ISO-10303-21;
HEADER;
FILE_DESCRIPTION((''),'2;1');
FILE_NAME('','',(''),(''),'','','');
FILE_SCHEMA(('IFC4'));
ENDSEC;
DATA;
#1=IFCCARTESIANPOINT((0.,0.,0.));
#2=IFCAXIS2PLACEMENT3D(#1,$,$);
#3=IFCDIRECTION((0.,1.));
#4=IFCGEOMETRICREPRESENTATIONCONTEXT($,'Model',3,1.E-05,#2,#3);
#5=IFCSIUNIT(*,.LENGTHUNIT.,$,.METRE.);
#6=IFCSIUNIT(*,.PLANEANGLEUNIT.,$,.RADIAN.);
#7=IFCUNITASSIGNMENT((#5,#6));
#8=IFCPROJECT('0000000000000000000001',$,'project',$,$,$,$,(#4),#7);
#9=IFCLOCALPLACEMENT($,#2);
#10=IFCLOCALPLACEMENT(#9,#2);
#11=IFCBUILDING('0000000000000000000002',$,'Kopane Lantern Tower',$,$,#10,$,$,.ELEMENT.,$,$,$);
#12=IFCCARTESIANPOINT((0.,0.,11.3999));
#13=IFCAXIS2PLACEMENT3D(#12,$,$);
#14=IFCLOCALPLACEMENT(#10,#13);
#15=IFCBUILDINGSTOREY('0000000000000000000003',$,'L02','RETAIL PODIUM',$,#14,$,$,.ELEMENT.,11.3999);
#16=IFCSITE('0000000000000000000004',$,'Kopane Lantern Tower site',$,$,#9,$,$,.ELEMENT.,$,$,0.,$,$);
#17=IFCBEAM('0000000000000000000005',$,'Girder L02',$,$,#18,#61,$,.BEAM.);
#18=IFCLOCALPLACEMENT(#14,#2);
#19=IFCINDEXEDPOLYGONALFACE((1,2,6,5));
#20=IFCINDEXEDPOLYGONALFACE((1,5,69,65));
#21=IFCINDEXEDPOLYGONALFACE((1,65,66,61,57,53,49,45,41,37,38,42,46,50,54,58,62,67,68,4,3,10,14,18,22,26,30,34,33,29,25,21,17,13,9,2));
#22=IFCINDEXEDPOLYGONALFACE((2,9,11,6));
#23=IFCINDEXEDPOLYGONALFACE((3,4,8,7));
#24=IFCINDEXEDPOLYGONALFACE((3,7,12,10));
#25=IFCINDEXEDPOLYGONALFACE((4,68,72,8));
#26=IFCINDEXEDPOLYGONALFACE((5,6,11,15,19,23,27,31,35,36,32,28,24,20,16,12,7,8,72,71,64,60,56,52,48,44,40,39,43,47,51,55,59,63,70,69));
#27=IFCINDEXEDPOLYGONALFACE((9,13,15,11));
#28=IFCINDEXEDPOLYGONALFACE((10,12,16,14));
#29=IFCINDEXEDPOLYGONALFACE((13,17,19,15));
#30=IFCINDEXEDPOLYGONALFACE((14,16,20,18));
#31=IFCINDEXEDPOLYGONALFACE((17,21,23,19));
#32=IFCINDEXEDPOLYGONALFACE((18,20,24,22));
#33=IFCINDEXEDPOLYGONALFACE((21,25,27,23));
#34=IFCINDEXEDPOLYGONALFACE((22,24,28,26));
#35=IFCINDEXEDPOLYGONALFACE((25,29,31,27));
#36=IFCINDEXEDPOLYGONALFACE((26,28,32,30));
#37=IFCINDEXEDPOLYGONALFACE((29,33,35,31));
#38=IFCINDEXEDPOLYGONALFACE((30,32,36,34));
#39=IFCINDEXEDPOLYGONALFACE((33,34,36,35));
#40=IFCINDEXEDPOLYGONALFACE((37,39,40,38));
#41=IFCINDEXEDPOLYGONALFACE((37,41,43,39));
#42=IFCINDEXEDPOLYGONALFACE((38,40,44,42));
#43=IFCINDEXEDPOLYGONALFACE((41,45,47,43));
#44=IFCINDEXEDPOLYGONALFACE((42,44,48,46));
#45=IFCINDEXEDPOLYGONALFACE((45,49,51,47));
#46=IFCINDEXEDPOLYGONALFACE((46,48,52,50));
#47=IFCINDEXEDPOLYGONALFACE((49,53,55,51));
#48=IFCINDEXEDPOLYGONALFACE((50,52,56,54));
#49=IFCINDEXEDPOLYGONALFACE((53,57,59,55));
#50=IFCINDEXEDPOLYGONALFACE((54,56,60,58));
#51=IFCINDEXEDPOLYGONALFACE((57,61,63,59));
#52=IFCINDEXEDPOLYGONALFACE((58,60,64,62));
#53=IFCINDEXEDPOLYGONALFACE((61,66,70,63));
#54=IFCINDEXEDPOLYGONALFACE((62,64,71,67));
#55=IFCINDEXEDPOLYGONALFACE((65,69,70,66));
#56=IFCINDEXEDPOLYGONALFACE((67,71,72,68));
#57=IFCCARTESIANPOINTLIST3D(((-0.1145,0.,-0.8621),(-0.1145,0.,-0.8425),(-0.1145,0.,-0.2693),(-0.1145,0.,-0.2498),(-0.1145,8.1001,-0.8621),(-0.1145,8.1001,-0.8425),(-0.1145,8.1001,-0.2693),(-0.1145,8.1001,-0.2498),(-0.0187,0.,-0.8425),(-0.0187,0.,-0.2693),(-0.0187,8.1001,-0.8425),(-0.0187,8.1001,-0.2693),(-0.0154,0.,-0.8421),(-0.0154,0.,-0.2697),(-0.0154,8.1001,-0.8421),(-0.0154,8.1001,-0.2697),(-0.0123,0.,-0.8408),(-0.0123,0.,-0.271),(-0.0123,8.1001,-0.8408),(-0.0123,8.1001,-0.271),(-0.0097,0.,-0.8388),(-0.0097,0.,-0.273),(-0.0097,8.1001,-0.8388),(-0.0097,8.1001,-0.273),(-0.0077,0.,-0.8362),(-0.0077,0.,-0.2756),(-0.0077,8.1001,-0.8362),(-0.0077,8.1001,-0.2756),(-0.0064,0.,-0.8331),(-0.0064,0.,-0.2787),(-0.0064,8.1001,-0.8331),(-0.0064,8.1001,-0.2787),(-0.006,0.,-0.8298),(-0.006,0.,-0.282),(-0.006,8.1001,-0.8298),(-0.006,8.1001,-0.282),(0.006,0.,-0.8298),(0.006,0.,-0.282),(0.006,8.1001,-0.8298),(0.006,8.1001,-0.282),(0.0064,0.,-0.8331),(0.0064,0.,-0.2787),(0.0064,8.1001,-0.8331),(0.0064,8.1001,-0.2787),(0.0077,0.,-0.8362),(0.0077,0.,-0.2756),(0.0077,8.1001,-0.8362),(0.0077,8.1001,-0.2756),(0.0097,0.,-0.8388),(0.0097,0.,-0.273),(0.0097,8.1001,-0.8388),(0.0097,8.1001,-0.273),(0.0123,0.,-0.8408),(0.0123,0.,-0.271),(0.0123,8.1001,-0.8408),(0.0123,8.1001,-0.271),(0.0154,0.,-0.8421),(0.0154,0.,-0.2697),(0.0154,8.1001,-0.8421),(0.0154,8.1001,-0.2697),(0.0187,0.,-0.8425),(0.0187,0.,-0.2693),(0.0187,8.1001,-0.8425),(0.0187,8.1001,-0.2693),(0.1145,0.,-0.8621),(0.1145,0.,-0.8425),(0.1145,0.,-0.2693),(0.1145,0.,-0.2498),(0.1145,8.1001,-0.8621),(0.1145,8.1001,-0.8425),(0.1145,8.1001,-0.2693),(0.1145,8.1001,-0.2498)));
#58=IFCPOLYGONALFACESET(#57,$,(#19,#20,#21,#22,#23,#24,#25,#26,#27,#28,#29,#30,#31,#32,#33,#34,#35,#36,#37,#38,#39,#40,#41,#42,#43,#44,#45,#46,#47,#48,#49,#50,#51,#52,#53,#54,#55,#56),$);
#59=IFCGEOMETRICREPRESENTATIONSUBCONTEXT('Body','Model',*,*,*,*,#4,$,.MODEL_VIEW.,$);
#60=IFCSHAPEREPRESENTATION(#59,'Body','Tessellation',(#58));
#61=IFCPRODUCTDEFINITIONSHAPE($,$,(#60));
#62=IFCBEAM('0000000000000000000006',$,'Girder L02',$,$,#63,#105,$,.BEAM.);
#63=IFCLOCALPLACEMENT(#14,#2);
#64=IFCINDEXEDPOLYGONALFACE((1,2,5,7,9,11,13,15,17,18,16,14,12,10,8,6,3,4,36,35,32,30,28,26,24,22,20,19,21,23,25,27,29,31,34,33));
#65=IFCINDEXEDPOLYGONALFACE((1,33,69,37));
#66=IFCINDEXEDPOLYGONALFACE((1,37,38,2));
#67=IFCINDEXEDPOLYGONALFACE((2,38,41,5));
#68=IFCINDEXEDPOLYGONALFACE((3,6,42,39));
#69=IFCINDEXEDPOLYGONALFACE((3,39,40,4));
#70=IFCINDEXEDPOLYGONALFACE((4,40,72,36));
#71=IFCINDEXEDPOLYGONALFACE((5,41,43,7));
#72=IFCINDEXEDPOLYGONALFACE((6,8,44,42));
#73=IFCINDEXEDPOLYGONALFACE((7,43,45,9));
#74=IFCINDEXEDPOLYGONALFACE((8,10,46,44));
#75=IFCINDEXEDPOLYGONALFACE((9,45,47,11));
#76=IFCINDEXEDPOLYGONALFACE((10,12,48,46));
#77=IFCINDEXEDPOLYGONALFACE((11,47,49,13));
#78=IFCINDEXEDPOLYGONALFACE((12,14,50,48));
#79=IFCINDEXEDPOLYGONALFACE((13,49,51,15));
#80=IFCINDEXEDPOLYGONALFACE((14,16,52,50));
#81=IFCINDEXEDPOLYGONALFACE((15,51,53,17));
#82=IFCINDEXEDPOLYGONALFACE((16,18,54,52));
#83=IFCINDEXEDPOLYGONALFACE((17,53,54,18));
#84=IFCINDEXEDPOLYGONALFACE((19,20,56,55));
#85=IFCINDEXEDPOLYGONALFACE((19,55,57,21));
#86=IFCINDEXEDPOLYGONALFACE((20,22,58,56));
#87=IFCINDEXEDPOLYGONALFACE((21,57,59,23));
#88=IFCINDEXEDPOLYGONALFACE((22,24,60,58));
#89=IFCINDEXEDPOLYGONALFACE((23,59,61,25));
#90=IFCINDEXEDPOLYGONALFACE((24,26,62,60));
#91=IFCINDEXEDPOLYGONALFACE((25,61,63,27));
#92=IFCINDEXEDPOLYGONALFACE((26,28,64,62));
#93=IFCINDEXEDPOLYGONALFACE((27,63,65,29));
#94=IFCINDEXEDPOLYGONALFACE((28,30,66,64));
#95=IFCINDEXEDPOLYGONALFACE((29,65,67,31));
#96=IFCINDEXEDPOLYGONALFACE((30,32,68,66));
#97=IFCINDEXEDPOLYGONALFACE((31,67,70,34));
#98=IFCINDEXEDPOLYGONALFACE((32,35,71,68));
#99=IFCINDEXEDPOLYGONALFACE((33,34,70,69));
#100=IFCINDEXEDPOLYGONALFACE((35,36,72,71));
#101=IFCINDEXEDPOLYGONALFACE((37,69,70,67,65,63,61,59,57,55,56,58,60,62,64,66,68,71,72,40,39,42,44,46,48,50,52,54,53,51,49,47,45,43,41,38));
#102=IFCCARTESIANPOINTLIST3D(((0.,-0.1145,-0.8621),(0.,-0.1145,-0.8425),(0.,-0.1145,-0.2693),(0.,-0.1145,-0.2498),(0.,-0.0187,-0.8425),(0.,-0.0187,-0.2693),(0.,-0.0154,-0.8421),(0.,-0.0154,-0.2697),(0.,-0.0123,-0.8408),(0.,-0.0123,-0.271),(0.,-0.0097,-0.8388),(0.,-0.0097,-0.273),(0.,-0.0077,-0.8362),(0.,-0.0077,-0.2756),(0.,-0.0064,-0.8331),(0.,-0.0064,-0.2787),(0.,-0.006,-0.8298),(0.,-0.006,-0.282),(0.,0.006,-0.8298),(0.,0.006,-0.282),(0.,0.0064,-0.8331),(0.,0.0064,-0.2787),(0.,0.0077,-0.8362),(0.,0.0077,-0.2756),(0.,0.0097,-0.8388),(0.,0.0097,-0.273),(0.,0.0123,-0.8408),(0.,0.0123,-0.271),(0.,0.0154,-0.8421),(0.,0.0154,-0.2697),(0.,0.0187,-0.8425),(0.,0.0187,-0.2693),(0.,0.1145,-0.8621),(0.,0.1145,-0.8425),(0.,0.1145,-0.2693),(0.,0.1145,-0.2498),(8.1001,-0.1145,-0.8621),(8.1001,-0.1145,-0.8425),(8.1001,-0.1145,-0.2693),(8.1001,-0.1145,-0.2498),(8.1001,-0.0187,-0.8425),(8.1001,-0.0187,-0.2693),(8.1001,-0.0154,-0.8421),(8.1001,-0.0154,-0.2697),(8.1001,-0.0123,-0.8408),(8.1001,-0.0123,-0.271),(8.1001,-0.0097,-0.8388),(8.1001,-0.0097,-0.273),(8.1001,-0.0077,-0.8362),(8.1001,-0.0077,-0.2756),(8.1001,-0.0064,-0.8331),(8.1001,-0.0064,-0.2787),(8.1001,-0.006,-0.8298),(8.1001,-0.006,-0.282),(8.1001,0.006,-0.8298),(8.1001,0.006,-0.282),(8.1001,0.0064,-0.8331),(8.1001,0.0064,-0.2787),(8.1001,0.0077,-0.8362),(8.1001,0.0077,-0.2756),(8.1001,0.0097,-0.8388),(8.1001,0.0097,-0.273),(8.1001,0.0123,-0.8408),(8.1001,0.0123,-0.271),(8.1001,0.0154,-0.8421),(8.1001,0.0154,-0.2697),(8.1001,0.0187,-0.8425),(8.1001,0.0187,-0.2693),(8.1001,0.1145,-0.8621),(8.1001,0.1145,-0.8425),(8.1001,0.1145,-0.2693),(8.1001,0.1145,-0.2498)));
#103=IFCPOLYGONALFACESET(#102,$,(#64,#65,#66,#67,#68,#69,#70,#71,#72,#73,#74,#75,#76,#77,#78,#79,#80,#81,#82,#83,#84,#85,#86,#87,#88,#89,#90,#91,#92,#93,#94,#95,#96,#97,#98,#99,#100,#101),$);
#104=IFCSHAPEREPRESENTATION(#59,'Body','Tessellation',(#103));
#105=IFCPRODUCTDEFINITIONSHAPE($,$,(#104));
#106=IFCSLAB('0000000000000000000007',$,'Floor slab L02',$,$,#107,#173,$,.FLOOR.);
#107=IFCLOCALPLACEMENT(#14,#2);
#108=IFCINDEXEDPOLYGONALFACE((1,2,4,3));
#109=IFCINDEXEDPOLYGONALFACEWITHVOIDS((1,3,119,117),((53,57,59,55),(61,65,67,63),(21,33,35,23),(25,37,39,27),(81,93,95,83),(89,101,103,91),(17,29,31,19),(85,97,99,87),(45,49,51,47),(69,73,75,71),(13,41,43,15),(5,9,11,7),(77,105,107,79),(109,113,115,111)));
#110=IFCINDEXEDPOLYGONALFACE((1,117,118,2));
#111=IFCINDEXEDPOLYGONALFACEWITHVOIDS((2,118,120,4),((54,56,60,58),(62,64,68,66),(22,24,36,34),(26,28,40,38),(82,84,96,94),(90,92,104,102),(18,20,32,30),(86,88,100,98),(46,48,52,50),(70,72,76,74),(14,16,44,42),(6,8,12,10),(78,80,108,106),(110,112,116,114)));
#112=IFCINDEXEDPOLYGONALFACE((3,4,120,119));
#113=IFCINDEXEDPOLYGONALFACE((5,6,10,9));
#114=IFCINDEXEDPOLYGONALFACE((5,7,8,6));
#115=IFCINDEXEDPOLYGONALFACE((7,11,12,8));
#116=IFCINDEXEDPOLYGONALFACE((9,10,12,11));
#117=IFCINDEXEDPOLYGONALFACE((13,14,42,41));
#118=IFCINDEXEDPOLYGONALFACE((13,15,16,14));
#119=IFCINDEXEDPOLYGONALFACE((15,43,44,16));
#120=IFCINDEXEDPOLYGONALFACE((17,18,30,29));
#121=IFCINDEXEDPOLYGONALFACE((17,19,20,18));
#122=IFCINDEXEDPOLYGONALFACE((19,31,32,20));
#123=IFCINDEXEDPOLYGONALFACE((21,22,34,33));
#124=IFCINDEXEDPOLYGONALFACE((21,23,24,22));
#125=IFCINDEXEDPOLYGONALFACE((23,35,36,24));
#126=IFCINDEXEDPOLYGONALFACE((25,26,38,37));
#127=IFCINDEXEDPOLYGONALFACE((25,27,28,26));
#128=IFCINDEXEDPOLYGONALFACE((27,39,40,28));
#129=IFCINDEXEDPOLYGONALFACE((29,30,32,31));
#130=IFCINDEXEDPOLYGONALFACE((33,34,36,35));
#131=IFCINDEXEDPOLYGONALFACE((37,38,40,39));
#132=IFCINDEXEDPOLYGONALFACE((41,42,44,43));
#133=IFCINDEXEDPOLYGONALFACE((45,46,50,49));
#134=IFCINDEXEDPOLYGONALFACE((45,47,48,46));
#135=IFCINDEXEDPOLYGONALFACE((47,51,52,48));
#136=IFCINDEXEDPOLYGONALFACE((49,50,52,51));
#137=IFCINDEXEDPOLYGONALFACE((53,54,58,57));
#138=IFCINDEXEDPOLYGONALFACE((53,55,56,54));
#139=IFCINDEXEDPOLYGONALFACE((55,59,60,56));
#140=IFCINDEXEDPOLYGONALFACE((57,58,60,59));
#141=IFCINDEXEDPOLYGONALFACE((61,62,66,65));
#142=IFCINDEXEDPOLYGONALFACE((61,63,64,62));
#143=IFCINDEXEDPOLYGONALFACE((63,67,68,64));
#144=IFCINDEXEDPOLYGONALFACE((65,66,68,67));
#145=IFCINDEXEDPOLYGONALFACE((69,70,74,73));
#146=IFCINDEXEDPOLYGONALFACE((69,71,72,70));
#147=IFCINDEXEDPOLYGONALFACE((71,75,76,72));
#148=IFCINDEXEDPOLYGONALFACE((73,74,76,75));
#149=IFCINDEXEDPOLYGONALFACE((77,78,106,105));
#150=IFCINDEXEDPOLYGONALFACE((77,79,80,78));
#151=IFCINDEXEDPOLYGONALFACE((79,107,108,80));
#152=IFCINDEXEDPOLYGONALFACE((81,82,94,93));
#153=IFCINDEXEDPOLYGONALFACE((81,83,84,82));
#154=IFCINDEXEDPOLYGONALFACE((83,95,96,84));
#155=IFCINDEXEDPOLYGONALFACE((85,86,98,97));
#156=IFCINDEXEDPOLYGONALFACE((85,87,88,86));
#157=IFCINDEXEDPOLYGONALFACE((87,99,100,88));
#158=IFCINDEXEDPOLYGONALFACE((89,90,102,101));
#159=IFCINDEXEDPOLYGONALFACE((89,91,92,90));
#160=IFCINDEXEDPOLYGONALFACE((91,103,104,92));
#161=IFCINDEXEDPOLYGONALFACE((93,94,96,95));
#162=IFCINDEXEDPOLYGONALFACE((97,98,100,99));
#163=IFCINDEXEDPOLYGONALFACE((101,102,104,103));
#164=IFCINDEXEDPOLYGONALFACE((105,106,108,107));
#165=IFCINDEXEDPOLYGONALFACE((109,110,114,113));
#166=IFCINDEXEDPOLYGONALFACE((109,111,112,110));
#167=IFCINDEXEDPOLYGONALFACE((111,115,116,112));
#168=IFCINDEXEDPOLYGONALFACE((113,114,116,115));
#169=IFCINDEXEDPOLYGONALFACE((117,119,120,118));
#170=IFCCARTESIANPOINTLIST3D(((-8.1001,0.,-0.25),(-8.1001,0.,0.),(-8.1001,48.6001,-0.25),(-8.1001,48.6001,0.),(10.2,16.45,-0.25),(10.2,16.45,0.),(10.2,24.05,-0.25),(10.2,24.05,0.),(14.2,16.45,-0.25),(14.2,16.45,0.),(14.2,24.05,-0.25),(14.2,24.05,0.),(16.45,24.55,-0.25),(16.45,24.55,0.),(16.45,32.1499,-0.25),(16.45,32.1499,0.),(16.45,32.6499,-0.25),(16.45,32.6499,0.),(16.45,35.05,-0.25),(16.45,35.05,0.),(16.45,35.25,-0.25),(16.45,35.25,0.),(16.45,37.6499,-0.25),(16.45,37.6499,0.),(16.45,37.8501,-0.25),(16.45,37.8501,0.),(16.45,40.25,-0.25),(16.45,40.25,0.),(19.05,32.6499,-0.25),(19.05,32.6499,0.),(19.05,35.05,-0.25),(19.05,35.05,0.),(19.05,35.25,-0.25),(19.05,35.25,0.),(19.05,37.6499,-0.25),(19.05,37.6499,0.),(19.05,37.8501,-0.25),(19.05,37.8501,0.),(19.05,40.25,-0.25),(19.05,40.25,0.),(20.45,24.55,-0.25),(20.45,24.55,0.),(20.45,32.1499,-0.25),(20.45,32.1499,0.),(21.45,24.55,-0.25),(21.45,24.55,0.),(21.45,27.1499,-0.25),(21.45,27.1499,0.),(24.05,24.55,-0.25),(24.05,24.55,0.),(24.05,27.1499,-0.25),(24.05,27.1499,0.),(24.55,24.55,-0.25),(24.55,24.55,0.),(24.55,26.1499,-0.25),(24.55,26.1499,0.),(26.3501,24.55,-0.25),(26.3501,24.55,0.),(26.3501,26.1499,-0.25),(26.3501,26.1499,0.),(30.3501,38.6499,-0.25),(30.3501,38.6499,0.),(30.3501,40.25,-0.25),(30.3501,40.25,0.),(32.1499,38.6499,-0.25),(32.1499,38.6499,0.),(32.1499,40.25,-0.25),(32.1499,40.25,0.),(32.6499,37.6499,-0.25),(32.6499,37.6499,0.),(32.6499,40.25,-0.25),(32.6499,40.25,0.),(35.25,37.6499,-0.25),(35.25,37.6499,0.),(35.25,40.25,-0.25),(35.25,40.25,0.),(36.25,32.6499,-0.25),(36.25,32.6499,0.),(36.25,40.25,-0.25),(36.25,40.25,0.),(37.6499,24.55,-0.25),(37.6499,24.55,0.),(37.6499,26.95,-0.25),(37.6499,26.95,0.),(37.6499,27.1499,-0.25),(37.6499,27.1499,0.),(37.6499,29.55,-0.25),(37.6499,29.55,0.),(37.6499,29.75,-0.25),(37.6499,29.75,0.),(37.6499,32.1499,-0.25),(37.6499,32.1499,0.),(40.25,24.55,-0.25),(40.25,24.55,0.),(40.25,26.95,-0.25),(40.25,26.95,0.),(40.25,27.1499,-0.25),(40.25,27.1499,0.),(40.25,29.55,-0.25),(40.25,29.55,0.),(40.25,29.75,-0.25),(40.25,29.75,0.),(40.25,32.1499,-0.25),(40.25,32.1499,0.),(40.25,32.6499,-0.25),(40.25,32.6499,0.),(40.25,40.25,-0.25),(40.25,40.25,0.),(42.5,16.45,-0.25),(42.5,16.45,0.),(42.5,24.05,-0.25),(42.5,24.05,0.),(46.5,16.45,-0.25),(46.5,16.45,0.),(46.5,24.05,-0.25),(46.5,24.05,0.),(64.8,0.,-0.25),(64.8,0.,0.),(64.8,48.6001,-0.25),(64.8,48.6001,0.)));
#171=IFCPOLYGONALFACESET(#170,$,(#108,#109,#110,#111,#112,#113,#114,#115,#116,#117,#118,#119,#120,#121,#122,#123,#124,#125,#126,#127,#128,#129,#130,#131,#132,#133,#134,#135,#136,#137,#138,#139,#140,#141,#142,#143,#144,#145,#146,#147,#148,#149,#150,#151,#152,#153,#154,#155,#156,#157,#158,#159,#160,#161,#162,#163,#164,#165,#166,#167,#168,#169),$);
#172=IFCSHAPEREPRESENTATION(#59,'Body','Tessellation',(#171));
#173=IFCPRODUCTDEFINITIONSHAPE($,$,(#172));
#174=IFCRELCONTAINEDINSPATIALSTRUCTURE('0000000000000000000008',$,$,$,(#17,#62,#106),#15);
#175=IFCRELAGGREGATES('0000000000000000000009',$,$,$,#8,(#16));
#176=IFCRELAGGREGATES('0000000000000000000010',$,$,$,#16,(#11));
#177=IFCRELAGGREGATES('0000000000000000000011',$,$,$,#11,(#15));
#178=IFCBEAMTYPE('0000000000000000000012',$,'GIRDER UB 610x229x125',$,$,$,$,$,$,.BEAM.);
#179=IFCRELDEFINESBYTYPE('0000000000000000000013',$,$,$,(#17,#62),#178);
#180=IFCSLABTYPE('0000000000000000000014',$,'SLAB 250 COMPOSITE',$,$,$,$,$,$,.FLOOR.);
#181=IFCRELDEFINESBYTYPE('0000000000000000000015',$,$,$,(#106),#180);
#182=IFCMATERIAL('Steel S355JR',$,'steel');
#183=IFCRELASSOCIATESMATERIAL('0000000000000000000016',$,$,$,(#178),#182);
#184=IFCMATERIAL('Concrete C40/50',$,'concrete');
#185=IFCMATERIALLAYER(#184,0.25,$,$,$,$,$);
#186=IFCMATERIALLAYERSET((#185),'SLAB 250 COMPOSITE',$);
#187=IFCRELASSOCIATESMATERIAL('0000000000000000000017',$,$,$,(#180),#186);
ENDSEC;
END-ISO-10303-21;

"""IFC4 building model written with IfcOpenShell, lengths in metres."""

from ifc_helpers import new_model, si_unit, direction, frame, origin, origin_2d, place, context, subcontext, project, spatial, polyline, i_section, outline, extrude, material, layer, layer_set, material_profile, profile_set, type_object, element, save


model = new_model("IFC4")

# Units and contexts
model_context = context("Model", 3, precision=1e-05, world=origin(), true_north=direction((0.0, 1.0)))
body_context = subcontext(model_context, "Body", "Model", "MODEL_VIEW")
ifc_project = project(units=[si_unit("LENGTHUNIT", "METRE"), si_unit("PLANEANGLEUNIT", "RADIAN")], contexts=[model_context])

# Site, building, storey
site_placement = place(None, origin())
site = spatial("IfcSite", under=ifc_project, at=site_placement, Name="Kopane Lantern Tower site", CompositionType="ELEMENT", RefElevation=0.0)
building_placement = place(site_placement, origin())
building = spatial("IfcBuilding", under=site, at=building_placement, Name="Kopane Lantern Tower", CompositionType="ELEMENT")
storey_placement = place(building_placement, frame((0.0, 0.0, 11.3999)))
storey = spatial("IfcBuildingStorey", under=building, at=storey_placement, Name="L02", Description="RETAIL PODIUM", CompositionType="ELEMENT", Elevation=11.3999)

# Beams
ifc_material_1 = material(Name="Steel S355JR", Category="steel")
ifc_material_profile_1 = material_profile(ifc_material_1, i_section(OverallWidth=0.229, OverallDepth=0.6123, WebThickness=0.012, FlangeThickness=0.0195, FilletRadius=0.0127, at=origin_2d()), Name="UB 610x229x125")
ifc_profile_set_1 = profile_set([ifc_material_profile_1], Name="Steel S355JR")
beam_type = type_object("IfcBeamType", Name="GIRDER UB 610x229x125", PredefinedType="BEAM", material=ifc_profile_set_1)
for number, where, z_axis, x_axis, name in (
    (1, (0.0, 0.0, -0.5559), (0.0, 1.0, 0.0), (-1.0, 0.0, 0.0), "Girder L02"),
    (2, (0.0, 0.0, -0.5559), (1.0, 0.0, 0.0), (0.0, 1.0, 0.0), "Girder L02"),
):
    element("IfcBeam", number, at=place(storey_placement, frame(where, z_axis=z_axis, x_axis=x_axis)), inside=storey, type_object=beam_type, Name=name, PredefinedType="BEAM", context=body_context, shape_type="SweptSolid", body=[
        extrude(i_section(OverallWidth=0.229, OverallDepth=0.6123, WebThickness=0.012, FlangeThickness=0.0195, FilletRadius=0.0127, at=origin_2d()), origin(), (0.0, 0.0, 1.0), 8.1001),
    ])

# Slab
ifc_material_2 = material(Name="Concrete C40/50", Category="concrete")
ifc_layer_1 = layer(ifc_material_2, 0.25)
ifc_layer_set_1 = layer_set([ifc_layer_1], Name="SLAB 250 COMPOSITE")
slab_type_1 = type_object("IfcSlabType", Name="SLAB 250 COMPOSITE", PredefinedType="FLOOR", material=ifc_layer_set_1)
slab_1_placement = place(storey_placement, frame((0.0, 0.0, -0.25)))
element("IfcSlab", 3, at=slab_1_placement, inside=storey, type_object=slab_type_1, Name="Floor slab L02", PredefinedType="FLOOR", context=body_context, shape_type="SweptSolid", body=[
    extrude(outline(polyline([(-8.1001, 0.0), (64.8, 0.0), (64.8, 48.6001), (-8.1001, 48.6001), (-8.1001, 0.0)]), holes=[polyline([(16.45, 24.55), (20.45, 24.55), (20.45, 32.1499), (16.45, 32.1499), (16.45, 24.55)]), polyline([(36.25, 32.6499), (40.25, 32.6499), (40.25, 40.25), (36.25, 40.25), (36.25, 32.6499)]), polyline([(16.45, 32.6499), (19.05, 32.6499), (19.05, 35.05), (16.45, 35.05), (16.45, 32.6499)]), polyline([(16.45, 35.25), (19.05, 35.25), (19.05, 37.6499), (16.45, 37.6499), (16.45, 35.25)]), polyline([(16.45, 37.8501), (19.05, 37.8501), (19.05, 40.25), (16.45, 40.25), (16.45, 37.8501)]), polyline([(37.6499, 24.55), (40.25, 24.55), (40.25, 26.95), (37.6499, 26.95), (37.6499, 24.55)]), polyline([(37.6499, 27.1499), (40.25, 27.1499), (40.25, 29.55), (37.6499, 29.55), (37.6499, 27.1499)]), polyline([(37.6499, 29.75), (40.25, 29.75), (40.25, 32.1499), (37.6499, 32.1499), (37.6499, 29.75)]), polyline([(21.45, 24.55), (24.05, 24.55), (24.05, 27.1499), (21.45, 27.1499), (21.45, 24.55)]), polyline([(32.6499, 37.6499), (35.25, 37.6499), (35.25, 40.25), (32.6499, 40.25), (32.6499, 37.6499)]), polyline([(24.55, 24.55), (26.3501, 24.55), (26.3501, 26.1499), (24.55, 26.1499), (24.55, 24.55)]), polyline([(30.3501, 38.6499), (32.1499, 38.6499), (32.1499, 40.25), (30.3501, 40.25), (30.3501, 38.6499)]), polyline([(10.2, 16.45), (14.2, 16.45), (14.2, 24.05), (10.2, 24.05), (10.2, 16.45)]), polyline([(42.5, 16.45), (46.5, 16.45), (46.5, 24.05), (42.5, 24.05), (42.5, 16.45)])]), origin(), (0.0, 0.0, 1.0), 0.25),
])

save(model, "model.ifc")
